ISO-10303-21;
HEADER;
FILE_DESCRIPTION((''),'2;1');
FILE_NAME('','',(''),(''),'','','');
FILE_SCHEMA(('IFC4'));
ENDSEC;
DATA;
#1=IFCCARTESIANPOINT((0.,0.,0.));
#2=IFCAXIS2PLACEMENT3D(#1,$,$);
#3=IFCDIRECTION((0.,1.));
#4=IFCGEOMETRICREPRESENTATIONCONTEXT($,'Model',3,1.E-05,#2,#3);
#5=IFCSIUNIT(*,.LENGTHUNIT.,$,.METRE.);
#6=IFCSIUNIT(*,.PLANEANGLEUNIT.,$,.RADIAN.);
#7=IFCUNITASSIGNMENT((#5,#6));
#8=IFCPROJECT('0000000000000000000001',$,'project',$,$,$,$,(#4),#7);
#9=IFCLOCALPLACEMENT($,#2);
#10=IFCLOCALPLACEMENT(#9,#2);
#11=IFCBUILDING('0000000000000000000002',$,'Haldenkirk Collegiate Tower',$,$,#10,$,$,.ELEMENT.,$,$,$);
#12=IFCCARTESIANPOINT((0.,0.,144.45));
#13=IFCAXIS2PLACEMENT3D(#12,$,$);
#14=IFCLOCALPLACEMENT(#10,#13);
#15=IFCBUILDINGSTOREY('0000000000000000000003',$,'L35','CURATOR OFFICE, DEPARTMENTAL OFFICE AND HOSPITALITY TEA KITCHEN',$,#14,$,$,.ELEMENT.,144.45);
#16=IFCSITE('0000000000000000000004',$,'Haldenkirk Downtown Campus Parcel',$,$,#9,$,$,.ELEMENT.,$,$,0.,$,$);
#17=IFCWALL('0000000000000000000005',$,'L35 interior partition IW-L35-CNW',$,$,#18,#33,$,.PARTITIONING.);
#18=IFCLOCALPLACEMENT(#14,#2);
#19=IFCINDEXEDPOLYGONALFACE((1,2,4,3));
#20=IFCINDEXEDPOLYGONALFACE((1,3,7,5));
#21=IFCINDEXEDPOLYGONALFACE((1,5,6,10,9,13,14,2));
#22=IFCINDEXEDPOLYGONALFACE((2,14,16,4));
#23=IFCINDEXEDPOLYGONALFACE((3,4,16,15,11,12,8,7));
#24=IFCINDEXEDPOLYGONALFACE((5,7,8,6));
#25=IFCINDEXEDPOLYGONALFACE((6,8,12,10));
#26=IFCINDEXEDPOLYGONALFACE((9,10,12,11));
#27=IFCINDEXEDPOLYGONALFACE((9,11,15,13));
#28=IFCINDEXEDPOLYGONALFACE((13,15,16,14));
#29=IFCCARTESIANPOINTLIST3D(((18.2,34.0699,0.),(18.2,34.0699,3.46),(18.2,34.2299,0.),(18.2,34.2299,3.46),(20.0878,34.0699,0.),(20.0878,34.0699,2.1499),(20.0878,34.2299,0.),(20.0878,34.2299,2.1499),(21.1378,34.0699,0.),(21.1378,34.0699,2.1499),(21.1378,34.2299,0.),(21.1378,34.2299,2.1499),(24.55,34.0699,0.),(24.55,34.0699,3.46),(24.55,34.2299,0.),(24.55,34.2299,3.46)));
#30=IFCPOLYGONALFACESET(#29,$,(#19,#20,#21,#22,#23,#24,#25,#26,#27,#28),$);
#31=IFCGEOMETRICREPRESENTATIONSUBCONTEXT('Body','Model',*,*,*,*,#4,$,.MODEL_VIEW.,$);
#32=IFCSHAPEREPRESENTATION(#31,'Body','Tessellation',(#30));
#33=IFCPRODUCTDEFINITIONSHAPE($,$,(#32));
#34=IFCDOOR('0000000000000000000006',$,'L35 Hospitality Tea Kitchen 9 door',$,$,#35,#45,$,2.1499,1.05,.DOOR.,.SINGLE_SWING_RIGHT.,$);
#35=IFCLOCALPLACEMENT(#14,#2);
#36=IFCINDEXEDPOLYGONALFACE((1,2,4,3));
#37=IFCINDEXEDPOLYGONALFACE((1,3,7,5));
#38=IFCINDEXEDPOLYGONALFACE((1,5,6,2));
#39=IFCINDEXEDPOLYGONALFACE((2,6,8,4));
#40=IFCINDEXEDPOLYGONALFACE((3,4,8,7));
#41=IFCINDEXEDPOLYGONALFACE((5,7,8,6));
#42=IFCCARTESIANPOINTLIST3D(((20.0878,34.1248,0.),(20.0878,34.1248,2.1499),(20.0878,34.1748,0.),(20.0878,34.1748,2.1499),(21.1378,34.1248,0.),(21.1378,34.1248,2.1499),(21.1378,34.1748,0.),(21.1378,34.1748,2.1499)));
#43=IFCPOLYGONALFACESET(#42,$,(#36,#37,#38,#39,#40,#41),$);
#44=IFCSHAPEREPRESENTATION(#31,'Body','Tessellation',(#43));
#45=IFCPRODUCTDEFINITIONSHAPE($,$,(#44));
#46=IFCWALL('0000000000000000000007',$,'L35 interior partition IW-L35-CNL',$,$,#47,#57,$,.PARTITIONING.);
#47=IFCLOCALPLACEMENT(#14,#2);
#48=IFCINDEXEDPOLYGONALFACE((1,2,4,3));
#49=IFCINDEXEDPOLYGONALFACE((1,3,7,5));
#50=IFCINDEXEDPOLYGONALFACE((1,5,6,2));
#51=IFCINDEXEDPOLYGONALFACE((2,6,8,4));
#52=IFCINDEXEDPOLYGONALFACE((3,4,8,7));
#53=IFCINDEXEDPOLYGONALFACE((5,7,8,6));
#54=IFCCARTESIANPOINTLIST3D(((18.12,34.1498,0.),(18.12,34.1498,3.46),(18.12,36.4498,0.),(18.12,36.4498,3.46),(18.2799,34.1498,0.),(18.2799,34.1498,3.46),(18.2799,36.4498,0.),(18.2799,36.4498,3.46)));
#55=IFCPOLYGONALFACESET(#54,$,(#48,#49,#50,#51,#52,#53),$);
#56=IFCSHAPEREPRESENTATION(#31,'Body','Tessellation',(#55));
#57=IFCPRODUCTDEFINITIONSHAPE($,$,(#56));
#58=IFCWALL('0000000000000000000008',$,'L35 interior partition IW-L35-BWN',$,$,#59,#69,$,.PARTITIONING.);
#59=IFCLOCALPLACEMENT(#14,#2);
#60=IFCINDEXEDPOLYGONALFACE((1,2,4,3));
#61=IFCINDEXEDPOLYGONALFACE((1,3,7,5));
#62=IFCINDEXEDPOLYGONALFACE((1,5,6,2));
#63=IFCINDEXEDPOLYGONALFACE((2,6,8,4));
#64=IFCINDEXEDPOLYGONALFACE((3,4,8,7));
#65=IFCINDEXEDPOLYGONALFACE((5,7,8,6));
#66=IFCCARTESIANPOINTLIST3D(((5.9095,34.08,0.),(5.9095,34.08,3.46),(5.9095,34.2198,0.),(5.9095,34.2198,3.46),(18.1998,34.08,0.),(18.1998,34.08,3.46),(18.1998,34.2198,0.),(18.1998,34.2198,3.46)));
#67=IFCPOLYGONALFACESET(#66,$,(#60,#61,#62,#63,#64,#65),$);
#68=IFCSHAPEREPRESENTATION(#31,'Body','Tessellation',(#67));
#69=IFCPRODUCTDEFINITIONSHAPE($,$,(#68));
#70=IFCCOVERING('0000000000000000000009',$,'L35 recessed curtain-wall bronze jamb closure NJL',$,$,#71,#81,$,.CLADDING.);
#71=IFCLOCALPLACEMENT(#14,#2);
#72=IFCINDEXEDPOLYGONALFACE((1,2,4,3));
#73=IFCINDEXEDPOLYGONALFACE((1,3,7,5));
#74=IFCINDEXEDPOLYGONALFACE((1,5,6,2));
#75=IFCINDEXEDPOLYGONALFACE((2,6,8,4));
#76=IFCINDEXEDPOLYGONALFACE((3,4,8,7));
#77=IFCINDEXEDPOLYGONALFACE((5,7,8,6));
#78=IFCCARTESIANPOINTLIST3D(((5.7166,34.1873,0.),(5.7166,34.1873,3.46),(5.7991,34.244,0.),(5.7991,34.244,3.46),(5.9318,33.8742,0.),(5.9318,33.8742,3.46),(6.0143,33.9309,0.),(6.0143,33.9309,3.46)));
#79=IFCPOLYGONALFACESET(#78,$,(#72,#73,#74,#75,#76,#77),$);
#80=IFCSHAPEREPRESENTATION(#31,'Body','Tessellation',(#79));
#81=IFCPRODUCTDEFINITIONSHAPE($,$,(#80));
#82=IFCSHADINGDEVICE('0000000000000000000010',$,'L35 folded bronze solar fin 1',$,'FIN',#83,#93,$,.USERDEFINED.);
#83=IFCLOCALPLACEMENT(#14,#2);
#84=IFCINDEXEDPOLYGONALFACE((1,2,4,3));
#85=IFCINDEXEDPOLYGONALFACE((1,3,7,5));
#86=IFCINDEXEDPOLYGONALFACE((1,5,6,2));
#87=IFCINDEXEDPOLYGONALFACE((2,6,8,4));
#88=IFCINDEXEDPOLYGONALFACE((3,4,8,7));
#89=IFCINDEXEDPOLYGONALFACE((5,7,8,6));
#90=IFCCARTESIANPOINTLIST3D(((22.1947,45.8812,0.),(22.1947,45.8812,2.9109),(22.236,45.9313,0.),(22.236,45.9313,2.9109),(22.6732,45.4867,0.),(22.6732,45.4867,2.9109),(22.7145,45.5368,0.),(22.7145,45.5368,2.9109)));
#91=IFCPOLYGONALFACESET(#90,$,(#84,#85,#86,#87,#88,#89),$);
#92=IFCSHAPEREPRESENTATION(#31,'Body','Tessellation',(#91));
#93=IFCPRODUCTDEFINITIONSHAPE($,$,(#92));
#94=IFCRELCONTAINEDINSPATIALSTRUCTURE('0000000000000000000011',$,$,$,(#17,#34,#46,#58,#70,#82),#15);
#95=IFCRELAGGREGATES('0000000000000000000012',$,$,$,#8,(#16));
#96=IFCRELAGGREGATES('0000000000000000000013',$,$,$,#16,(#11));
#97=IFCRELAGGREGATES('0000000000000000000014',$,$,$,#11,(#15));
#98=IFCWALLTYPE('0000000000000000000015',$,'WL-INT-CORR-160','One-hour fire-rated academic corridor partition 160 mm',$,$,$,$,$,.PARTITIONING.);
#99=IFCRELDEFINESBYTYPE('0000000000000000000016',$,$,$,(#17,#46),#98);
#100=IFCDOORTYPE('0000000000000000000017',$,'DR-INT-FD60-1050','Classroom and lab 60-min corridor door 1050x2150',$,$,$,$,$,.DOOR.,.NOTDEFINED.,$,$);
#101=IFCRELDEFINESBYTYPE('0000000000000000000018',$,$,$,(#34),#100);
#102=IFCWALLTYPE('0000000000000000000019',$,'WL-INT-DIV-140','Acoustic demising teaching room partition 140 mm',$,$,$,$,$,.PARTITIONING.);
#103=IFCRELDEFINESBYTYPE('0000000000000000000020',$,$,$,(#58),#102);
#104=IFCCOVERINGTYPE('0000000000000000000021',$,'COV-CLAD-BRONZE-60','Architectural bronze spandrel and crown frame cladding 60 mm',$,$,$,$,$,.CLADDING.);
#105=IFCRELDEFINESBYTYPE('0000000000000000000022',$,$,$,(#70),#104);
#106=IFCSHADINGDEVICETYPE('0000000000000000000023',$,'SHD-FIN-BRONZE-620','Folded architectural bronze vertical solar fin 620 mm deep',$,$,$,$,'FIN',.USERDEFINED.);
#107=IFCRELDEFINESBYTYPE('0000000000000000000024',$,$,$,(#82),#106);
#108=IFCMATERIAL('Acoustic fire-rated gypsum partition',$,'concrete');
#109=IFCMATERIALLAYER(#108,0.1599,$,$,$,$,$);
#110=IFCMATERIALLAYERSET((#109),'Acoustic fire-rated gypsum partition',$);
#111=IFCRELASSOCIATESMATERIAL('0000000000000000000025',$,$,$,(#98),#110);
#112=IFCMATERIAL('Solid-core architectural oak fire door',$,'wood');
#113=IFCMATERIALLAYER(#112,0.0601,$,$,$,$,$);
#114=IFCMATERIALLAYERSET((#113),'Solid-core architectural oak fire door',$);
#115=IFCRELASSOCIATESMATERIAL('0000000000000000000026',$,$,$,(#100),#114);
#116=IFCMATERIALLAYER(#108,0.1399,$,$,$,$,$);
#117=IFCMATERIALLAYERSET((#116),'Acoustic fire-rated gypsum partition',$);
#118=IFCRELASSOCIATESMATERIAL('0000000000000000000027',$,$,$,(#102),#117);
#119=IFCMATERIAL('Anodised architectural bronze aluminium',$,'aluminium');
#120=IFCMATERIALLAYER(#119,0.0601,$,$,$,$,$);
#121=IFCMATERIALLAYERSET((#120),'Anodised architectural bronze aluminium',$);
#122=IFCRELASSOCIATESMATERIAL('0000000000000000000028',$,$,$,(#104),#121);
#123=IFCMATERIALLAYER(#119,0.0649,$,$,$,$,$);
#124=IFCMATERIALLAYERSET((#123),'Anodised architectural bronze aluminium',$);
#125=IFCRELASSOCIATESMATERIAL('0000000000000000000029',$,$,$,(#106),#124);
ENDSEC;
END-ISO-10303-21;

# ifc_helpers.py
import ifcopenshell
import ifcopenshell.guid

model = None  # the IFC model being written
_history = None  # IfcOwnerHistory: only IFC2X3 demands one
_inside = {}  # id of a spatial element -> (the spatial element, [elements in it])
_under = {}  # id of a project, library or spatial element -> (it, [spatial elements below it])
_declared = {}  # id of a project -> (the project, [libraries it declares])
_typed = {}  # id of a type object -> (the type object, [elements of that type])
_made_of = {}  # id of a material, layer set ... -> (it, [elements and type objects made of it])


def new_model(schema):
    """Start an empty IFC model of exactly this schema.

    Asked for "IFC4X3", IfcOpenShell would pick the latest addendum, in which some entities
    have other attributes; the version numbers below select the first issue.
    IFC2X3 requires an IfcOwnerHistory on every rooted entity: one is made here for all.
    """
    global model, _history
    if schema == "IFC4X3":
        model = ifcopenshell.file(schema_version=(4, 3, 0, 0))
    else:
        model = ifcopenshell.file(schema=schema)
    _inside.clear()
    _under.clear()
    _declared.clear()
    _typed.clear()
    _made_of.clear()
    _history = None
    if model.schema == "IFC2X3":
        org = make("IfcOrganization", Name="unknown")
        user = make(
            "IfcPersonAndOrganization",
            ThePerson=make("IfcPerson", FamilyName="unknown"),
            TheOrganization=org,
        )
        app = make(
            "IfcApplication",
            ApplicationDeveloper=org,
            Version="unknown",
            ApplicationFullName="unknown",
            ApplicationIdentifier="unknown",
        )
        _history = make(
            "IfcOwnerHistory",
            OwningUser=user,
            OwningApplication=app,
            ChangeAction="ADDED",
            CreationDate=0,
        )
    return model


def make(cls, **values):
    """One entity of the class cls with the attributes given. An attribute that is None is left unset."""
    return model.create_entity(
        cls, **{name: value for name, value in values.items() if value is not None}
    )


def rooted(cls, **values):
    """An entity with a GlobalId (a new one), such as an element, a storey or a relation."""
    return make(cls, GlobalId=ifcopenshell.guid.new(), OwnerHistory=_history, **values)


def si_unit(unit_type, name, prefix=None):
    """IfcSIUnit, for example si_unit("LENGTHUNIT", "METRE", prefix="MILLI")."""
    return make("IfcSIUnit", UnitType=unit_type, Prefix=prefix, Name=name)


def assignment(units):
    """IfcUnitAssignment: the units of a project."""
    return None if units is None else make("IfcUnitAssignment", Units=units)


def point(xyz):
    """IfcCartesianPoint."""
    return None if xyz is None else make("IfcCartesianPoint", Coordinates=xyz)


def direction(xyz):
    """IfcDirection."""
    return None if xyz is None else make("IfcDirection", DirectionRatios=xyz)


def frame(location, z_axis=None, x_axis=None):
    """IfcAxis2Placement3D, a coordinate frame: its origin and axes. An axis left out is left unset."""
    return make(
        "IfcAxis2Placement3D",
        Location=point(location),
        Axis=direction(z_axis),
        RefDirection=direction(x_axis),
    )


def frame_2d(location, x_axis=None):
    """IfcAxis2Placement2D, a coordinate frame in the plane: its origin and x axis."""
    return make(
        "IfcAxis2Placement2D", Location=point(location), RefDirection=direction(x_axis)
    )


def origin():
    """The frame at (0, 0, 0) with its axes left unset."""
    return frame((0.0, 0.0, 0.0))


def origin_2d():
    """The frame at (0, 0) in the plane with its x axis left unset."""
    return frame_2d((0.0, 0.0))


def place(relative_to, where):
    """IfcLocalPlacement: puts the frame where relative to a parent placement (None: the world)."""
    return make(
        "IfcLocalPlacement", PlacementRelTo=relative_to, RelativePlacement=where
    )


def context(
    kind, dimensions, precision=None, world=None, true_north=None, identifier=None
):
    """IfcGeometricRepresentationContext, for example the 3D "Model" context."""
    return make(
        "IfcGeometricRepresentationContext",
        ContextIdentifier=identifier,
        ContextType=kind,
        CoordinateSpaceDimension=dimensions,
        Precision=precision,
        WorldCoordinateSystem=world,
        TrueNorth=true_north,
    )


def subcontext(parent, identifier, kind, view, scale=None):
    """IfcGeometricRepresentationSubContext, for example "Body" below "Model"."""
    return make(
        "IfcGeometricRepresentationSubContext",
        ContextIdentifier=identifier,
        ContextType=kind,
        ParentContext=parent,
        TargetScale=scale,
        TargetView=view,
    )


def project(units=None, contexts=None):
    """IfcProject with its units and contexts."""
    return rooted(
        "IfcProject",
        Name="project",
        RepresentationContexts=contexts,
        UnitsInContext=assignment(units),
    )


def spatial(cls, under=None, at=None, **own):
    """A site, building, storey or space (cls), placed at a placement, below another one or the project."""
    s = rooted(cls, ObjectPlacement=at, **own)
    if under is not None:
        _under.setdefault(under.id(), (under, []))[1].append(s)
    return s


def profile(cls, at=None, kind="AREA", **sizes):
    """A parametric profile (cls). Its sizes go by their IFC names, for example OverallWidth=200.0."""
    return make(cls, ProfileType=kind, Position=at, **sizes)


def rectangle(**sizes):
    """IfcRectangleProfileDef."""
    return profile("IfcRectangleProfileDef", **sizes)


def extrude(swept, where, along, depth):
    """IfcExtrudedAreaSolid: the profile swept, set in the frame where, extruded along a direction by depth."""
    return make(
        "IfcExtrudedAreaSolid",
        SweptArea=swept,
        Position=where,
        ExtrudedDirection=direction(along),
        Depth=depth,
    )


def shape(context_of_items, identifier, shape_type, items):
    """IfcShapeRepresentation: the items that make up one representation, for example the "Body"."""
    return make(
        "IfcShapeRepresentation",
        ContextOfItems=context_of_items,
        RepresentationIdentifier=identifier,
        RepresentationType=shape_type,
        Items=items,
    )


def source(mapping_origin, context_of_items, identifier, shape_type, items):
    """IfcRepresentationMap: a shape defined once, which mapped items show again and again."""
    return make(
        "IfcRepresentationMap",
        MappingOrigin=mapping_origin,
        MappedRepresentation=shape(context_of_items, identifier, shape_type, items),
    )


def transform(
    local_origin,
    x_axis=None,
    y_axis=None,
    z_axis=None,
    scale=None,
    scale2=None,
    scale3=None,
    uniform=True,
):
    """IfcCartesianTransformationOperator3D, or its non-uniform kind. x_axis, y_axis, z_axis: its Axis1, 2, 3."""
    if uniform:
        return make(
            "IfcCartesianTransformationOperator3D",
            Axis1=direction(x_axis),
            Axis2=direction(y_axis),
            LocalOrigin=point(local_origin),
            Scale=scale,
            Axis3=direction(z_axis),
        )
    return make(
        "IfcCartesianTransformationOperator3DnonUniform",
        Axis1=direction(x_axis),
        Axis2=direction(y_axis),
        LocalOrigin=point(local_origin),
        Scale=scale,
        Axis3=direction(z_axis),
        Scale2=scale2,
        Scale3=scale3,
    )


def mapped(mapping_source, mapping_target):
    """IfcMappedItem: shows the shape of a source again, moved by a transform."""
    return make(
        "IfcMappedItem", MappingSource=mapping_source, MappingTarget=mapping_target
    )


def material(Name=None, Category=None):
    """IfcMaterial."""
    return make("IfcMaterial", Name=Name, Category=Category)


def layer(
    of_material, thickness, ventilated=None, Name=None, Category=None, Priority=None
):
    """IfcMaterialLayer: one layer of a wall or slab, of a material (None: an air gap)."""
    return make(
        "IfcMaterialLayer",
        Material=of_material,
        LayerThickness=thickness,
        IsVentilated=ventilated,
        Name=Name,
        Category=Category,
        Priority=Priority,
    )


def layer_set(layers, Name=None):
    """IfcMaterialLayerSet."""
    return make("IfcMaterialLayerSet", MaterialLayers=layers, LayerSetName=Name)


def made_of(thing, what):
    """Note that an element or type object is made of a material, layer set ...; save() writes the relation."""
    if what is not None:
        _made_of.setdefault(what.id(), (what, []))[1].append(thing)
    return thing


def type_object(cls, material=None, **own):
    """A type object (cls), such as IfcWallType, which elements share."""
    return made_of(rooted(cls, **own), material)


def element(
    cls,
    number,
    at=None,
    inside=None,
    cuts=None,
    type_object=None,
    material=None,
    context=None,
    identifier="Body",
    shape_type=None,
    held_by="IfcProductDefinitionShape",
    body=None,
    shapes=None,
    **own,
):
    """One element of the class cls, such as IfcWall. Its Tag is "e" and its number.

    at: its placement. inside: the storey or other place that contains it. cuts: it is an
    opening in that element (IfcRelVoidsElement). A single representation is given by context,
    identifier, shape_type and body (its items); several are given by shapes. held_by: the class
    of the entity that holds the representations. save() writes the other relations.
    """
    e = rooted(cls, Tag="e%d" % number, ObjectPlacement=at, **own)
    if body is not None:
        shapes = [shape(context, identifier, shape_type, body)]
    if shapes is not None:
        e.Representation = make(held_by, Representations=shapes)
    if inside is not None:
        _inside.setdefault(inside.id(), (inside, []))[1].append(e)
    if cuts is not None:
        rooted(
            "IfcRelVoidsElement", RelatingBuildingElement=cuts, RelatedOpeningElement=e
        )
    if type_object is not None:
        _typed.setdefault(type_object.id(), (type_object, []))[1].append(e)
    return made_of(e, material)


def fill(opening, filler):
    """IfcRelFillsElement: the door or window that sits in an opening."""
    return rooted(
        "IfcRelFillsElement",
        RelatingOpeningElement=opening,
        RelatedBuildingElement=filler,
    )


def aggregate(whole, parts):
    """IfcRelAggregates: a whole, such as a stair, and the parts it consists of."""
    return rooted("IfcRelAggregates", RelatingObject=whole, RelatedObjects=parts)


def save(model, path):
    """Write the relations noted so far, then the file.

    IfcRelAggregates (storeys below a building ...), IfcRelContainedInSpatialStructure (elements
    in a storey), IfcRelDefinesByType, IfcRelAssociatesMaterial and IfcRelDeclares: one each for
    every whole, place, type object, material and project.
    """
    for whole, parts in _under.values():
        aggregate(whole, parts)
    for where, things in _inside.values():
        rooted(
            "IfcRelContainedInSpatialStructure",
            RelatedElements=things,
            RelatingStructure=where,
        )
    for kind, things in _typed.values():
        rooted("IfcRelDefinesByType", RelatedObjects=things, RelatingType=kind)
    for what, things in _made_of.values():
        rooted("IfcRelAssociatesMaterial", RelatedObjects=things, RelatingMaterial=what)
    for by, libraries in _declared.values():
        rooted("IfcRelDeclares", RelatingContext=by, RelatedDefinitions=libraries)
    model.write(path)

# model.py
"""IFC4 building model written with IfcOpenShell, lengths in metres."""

from ifc_helpers import new_model, si_unit, direction, frame, frame_2d, origin, origin_2d, place, context, subcontext, project, spatial, rectangle, extrude, source, transform, mapped, material, layer, layer_set, type_object, element, fill, save


model = new_model("IFC4")

# Units and contexts
model_context = context("Model", 3, precision=1e-05, world=origin(), true_north=direction((0.0, 1.0)))
body_context = subcontext(model_context, "Body", "Model", "MODEL_VIEW")
ifc_project = project(units=[si_unit("LENGTHUNIT", "METRE"), si_unit("PLANEANGLEUNIT", "RADIAN")], contexts=[model_context])

# Site, building, storey
site_placement = place(None, origin())
site = spatial("IfcSite", under=ifc_project, at=site_placement, Name="Haldenkirk Downtown Campus Parcel", CompositionType="ELEMENT", RefElevation=0.0)
building_placement = place(site_placement, origin())
building = spatial("IfcBuilding", under=site, at=building_placement, Name="Haldenkirk Collegiate Tower", CompositionType="ELEMENT")
storey_placement = place(building_placement, frame((0.0, 0.0, 144.45)))
storey = spatial("IfcBuildingStorey", under=building, at=storey_placement, Name="L35", Description="CURATOR OFFICE, DEPARTMENTAL OFFICE AND HOSPITALITY TEA KITCHEN", CompositionType="ELEMENT", Elevation=144.45)

# Shared definitions
ifc_material_1 = material(Name="Anodised architectural bronze aluminium", Category="aluminium")

# Shared definitions
ifc_material_2 = material(Name="Acoustic fire-rated gypsum partition", Category="concrete")
ifc_layer_1 = layer(ifc_material_2, 0.1599)
ifc_layer_set_1 = layer_set([ifc_layer_1], Name="Acoustic fire-rated gypsum partition")
wall_type_1 = type_object("IfcWallType", Name="WL-INT-CORR-160", Description="One-hour fire-rated academic corridor partition 160 mm", PredefinedType="PARTITIONING", material=ifc_layer_set_1)
ifc_material_3 = material(Name="Solid-core architectural oak fire door", Category="wood")
ifc_layer_2 = layer(ifc_material_3, 0.0601)
ifc_layer_set_2 = layer_set([ifc_layer_2], Name="Solid-core architectural oak fire door")
door_type_1 = type_object("IfcDoorType", Name="DR-INT-FD60-1050", Description="Classroom and lab 60-min corridor door 1050x2150", OperationType="NOTDEFINED", PredefinedType="DOOR", material=ifc_layer_set_2)

# Wall, opening, door
wall_1_placement = place(storey_placement, frame((18.2, 34.1499, 0.0), z_axis=(0.0, 0.0, 1.0), x_axis=(1.0, 0.0, 0.0)))
wall_1 = element("IfcWall", 1, at=wall_1_placement, inside=storey, type_object=wall_type_1, Name="L35 interior partition IW-L35-CNW", PredefinedType="PARTITIONING", context=body_context, shape_type="SweptSolid", body=[
    extrude(rectangle(XDim=6.3501, YDim=0.1599, at=frame_2d((3.175, 0.0))), origin(), (0.0, 0.0, 1.0), 3.46),
])
opening_1_placement = place(wall_1_placement, frame((1.8879, 0.0, 0.0)))
opening_1 = element("IfcOpeningElement", 2, at=opening_1_placement, cuts=wall_1, PredefinedType="OPENING", context=body_context, shape_type="SweptSolid", body=[
    extrude(rectangle(XDim=1.05, YDim=2.1499, at=frame_2d((0.5249, 1.075))), frame((0.0, 0.0898, 0.0), z_axis=(0.0, -1.0, 0.0), x_axis=(1.0, 0.0, 0.0)), (0.0, 0.0, 1.0), 0.1799),
])
door_1_placement = place(opening_1_placement, origin())
door_1 = element("IfcDoor", 3, at=door_1_placement, inside=storey, type_object=door_type_1, Name="L35 Hospitality Tea Kitchen 9 door", OperationType="SINGLE_SWING_RIGHT", OverallHeight=2.1499, OverallWidth=1.05, PredefinedType="DOOR", context=body_context, shape_type="SweptSolid", body=[
    extrude(rectangle(XDim=1.05, YDim=2.1499, at=frame_2d((0.5249, 1.075))), frame((0.0, 0.0249, 0.0), z_axis=(0.0, -1.0, 0.0), x_axis=(1.0, 0.0, 0.0)), (0.0, 0.0, 1.0), 0.05),
])
fill(opening_1, door_1)

# Walls
wall_2_placement = place(storey_placement, frame((18.2, 34.1499, 0.0), z_axis=(0.0, 0.0, 1.0), x_axis=(0.0, 1.0, 0.0)))
element("IfcWall", 4, at=wall_2_placement, inside=storey, type_object=wall_type_1, Name="L35 interior partition IW-L35-CNL", PredefinedType="PARTITIONING", context=body_context, shape_type="SweptSolid", body=[
    extrude(rectangle(XDim=2.3, YDim=0.1599, at=frame_2d((1.1499, 0.0))), origin(), (0.0, 0.0, 1.0), 3.46),
])
ifc_layer_3 = layer(ifc_material_2, 0.1399)
ifc_layer_set_3 = layer_set([ifc_layer_3], Name="Acoustic fire-rated gypsum partition")
wall_type_2 = type_object("IfcWallType", Name="WL-INT-DIV-140", Description="Acoustic demising teaching room partition 140 mm", PredefinedType="PARTITIONING", material=ifc_layer_set_3)
wall_3_placement = place(storey_placement, frame((5.9097, 34.1499, 0.0), z_axis=(0.0, 0.0, 1.0), x_axis=(1.0, 0.0, 0.0)))
element("IfcWall", 5, at=wall_3_placement, inside=storey, type_object=wall_type_2, Name="L35 interior partition IW-L35-BWN", PredefinedType="PARTITIONING", context=body_context, shape_type="SweptSolid", body=[
    extrude(rectangle(XDim=12.2903, YDim=0.1399, at=frame_2d((6.145, 0.0))), origin(), (0.0, 0.0, 1.0), 3.46),
])

# Covering
ifc_layer_4 = layer(ifc_material_1, 0.0601)
ifc_layer_set_4 = layer_set([ifc_layer_4], Name="Anodised architectural bronze aluminium")
covering_type = type_object("IfcCoveringType", Name="COV-CLAD-BRONZE-60", Description="Architectural bronze spandrel and crown frame cladding 60 mm", PredefinedType="CLADDING", material=ifc_layer_set_4)
shared_shape_1 = source(origin(), body_context, "Body", "SweptSolid", [
    extrude(rectangle(XDim=0.1001, YDim=0.3799, at=origin_2d()), origin(), (0.0, 0.0, 1.0), 3.46),
])
covering_placement = place(storey_placement, frame((5.8655, 34.0591, 0.0), z_axis=(0.0, 0.0, 1.0), x_axis=(0.824126, 0.566406, 0.0)))
element("IfcCovering", 6, at=covering_placement, inside=storey, type_object=covering_type, Name="L35 recessed curtain-wall bronze jamb closure NJL", PredefinedType="CLADDING", context=body_context, shape_type="MappedRepresentation", body=[
    mapped(shared_shape_1, transform((0.0, 0.0, 0.0), x_axis=(1.0, 0.0, 0.0), y_axis=(0.0, 1.0, 0.0), z_axis=(0.0, 0.0, 1.0), scale=1.0)),
])

# Shading device
ifc_layer_5 = layer(ifc_material_1, 0.0649)
ifc_layer_set_5 = layer_set([ifc_layer_5], Name="Anodised architectural bronze aluminium")
shading_device_type = type_object("IfcShadingDeviceType", Name="SHD-FIN-BRONZE-620", Description="Folded architectural bronze vertical solar fin 620 mm deep", ElementType="FIN", PredefinedType="USERDEFINED", material=ifc_layer_set_5)
shared_shape_2 = source(origin(), body_context, "Body", "SweptSolid", [
    extrude(rectangle(XDim=0.6201, YDim=0.0649, at=origin_2d()), origin(), (0.0, 0.0, 1.0), 2.9109),
])
shading_device_placement = place(storey_placement, frame((22.4546, 45.709, 0.0), z_axis=(0.0, 0.0, 1.0), x_axis=(-0.771625, 0.636078, 0.0)))
element("IfcShadingDevice", 7, at=shading_device_placement, inside=storey, type_object=shading_device_type, Name="L35 folded bronze solar fin 1", ObjectType="FIN", PredefinedType="USERDEFINED", context=body_context, shape_type="MappedRepresentation", body=[
    mapped(shared_shape_2, transform((0.0, 0.0, 0.0), x_axis=(1.0, 0.0, 0.0), y_axis=(0.0, 1.0, 0.0), z_axis=(0.0, 0.0, 1.0), scale=1.0)),
])

save(model, "model.ifc")
